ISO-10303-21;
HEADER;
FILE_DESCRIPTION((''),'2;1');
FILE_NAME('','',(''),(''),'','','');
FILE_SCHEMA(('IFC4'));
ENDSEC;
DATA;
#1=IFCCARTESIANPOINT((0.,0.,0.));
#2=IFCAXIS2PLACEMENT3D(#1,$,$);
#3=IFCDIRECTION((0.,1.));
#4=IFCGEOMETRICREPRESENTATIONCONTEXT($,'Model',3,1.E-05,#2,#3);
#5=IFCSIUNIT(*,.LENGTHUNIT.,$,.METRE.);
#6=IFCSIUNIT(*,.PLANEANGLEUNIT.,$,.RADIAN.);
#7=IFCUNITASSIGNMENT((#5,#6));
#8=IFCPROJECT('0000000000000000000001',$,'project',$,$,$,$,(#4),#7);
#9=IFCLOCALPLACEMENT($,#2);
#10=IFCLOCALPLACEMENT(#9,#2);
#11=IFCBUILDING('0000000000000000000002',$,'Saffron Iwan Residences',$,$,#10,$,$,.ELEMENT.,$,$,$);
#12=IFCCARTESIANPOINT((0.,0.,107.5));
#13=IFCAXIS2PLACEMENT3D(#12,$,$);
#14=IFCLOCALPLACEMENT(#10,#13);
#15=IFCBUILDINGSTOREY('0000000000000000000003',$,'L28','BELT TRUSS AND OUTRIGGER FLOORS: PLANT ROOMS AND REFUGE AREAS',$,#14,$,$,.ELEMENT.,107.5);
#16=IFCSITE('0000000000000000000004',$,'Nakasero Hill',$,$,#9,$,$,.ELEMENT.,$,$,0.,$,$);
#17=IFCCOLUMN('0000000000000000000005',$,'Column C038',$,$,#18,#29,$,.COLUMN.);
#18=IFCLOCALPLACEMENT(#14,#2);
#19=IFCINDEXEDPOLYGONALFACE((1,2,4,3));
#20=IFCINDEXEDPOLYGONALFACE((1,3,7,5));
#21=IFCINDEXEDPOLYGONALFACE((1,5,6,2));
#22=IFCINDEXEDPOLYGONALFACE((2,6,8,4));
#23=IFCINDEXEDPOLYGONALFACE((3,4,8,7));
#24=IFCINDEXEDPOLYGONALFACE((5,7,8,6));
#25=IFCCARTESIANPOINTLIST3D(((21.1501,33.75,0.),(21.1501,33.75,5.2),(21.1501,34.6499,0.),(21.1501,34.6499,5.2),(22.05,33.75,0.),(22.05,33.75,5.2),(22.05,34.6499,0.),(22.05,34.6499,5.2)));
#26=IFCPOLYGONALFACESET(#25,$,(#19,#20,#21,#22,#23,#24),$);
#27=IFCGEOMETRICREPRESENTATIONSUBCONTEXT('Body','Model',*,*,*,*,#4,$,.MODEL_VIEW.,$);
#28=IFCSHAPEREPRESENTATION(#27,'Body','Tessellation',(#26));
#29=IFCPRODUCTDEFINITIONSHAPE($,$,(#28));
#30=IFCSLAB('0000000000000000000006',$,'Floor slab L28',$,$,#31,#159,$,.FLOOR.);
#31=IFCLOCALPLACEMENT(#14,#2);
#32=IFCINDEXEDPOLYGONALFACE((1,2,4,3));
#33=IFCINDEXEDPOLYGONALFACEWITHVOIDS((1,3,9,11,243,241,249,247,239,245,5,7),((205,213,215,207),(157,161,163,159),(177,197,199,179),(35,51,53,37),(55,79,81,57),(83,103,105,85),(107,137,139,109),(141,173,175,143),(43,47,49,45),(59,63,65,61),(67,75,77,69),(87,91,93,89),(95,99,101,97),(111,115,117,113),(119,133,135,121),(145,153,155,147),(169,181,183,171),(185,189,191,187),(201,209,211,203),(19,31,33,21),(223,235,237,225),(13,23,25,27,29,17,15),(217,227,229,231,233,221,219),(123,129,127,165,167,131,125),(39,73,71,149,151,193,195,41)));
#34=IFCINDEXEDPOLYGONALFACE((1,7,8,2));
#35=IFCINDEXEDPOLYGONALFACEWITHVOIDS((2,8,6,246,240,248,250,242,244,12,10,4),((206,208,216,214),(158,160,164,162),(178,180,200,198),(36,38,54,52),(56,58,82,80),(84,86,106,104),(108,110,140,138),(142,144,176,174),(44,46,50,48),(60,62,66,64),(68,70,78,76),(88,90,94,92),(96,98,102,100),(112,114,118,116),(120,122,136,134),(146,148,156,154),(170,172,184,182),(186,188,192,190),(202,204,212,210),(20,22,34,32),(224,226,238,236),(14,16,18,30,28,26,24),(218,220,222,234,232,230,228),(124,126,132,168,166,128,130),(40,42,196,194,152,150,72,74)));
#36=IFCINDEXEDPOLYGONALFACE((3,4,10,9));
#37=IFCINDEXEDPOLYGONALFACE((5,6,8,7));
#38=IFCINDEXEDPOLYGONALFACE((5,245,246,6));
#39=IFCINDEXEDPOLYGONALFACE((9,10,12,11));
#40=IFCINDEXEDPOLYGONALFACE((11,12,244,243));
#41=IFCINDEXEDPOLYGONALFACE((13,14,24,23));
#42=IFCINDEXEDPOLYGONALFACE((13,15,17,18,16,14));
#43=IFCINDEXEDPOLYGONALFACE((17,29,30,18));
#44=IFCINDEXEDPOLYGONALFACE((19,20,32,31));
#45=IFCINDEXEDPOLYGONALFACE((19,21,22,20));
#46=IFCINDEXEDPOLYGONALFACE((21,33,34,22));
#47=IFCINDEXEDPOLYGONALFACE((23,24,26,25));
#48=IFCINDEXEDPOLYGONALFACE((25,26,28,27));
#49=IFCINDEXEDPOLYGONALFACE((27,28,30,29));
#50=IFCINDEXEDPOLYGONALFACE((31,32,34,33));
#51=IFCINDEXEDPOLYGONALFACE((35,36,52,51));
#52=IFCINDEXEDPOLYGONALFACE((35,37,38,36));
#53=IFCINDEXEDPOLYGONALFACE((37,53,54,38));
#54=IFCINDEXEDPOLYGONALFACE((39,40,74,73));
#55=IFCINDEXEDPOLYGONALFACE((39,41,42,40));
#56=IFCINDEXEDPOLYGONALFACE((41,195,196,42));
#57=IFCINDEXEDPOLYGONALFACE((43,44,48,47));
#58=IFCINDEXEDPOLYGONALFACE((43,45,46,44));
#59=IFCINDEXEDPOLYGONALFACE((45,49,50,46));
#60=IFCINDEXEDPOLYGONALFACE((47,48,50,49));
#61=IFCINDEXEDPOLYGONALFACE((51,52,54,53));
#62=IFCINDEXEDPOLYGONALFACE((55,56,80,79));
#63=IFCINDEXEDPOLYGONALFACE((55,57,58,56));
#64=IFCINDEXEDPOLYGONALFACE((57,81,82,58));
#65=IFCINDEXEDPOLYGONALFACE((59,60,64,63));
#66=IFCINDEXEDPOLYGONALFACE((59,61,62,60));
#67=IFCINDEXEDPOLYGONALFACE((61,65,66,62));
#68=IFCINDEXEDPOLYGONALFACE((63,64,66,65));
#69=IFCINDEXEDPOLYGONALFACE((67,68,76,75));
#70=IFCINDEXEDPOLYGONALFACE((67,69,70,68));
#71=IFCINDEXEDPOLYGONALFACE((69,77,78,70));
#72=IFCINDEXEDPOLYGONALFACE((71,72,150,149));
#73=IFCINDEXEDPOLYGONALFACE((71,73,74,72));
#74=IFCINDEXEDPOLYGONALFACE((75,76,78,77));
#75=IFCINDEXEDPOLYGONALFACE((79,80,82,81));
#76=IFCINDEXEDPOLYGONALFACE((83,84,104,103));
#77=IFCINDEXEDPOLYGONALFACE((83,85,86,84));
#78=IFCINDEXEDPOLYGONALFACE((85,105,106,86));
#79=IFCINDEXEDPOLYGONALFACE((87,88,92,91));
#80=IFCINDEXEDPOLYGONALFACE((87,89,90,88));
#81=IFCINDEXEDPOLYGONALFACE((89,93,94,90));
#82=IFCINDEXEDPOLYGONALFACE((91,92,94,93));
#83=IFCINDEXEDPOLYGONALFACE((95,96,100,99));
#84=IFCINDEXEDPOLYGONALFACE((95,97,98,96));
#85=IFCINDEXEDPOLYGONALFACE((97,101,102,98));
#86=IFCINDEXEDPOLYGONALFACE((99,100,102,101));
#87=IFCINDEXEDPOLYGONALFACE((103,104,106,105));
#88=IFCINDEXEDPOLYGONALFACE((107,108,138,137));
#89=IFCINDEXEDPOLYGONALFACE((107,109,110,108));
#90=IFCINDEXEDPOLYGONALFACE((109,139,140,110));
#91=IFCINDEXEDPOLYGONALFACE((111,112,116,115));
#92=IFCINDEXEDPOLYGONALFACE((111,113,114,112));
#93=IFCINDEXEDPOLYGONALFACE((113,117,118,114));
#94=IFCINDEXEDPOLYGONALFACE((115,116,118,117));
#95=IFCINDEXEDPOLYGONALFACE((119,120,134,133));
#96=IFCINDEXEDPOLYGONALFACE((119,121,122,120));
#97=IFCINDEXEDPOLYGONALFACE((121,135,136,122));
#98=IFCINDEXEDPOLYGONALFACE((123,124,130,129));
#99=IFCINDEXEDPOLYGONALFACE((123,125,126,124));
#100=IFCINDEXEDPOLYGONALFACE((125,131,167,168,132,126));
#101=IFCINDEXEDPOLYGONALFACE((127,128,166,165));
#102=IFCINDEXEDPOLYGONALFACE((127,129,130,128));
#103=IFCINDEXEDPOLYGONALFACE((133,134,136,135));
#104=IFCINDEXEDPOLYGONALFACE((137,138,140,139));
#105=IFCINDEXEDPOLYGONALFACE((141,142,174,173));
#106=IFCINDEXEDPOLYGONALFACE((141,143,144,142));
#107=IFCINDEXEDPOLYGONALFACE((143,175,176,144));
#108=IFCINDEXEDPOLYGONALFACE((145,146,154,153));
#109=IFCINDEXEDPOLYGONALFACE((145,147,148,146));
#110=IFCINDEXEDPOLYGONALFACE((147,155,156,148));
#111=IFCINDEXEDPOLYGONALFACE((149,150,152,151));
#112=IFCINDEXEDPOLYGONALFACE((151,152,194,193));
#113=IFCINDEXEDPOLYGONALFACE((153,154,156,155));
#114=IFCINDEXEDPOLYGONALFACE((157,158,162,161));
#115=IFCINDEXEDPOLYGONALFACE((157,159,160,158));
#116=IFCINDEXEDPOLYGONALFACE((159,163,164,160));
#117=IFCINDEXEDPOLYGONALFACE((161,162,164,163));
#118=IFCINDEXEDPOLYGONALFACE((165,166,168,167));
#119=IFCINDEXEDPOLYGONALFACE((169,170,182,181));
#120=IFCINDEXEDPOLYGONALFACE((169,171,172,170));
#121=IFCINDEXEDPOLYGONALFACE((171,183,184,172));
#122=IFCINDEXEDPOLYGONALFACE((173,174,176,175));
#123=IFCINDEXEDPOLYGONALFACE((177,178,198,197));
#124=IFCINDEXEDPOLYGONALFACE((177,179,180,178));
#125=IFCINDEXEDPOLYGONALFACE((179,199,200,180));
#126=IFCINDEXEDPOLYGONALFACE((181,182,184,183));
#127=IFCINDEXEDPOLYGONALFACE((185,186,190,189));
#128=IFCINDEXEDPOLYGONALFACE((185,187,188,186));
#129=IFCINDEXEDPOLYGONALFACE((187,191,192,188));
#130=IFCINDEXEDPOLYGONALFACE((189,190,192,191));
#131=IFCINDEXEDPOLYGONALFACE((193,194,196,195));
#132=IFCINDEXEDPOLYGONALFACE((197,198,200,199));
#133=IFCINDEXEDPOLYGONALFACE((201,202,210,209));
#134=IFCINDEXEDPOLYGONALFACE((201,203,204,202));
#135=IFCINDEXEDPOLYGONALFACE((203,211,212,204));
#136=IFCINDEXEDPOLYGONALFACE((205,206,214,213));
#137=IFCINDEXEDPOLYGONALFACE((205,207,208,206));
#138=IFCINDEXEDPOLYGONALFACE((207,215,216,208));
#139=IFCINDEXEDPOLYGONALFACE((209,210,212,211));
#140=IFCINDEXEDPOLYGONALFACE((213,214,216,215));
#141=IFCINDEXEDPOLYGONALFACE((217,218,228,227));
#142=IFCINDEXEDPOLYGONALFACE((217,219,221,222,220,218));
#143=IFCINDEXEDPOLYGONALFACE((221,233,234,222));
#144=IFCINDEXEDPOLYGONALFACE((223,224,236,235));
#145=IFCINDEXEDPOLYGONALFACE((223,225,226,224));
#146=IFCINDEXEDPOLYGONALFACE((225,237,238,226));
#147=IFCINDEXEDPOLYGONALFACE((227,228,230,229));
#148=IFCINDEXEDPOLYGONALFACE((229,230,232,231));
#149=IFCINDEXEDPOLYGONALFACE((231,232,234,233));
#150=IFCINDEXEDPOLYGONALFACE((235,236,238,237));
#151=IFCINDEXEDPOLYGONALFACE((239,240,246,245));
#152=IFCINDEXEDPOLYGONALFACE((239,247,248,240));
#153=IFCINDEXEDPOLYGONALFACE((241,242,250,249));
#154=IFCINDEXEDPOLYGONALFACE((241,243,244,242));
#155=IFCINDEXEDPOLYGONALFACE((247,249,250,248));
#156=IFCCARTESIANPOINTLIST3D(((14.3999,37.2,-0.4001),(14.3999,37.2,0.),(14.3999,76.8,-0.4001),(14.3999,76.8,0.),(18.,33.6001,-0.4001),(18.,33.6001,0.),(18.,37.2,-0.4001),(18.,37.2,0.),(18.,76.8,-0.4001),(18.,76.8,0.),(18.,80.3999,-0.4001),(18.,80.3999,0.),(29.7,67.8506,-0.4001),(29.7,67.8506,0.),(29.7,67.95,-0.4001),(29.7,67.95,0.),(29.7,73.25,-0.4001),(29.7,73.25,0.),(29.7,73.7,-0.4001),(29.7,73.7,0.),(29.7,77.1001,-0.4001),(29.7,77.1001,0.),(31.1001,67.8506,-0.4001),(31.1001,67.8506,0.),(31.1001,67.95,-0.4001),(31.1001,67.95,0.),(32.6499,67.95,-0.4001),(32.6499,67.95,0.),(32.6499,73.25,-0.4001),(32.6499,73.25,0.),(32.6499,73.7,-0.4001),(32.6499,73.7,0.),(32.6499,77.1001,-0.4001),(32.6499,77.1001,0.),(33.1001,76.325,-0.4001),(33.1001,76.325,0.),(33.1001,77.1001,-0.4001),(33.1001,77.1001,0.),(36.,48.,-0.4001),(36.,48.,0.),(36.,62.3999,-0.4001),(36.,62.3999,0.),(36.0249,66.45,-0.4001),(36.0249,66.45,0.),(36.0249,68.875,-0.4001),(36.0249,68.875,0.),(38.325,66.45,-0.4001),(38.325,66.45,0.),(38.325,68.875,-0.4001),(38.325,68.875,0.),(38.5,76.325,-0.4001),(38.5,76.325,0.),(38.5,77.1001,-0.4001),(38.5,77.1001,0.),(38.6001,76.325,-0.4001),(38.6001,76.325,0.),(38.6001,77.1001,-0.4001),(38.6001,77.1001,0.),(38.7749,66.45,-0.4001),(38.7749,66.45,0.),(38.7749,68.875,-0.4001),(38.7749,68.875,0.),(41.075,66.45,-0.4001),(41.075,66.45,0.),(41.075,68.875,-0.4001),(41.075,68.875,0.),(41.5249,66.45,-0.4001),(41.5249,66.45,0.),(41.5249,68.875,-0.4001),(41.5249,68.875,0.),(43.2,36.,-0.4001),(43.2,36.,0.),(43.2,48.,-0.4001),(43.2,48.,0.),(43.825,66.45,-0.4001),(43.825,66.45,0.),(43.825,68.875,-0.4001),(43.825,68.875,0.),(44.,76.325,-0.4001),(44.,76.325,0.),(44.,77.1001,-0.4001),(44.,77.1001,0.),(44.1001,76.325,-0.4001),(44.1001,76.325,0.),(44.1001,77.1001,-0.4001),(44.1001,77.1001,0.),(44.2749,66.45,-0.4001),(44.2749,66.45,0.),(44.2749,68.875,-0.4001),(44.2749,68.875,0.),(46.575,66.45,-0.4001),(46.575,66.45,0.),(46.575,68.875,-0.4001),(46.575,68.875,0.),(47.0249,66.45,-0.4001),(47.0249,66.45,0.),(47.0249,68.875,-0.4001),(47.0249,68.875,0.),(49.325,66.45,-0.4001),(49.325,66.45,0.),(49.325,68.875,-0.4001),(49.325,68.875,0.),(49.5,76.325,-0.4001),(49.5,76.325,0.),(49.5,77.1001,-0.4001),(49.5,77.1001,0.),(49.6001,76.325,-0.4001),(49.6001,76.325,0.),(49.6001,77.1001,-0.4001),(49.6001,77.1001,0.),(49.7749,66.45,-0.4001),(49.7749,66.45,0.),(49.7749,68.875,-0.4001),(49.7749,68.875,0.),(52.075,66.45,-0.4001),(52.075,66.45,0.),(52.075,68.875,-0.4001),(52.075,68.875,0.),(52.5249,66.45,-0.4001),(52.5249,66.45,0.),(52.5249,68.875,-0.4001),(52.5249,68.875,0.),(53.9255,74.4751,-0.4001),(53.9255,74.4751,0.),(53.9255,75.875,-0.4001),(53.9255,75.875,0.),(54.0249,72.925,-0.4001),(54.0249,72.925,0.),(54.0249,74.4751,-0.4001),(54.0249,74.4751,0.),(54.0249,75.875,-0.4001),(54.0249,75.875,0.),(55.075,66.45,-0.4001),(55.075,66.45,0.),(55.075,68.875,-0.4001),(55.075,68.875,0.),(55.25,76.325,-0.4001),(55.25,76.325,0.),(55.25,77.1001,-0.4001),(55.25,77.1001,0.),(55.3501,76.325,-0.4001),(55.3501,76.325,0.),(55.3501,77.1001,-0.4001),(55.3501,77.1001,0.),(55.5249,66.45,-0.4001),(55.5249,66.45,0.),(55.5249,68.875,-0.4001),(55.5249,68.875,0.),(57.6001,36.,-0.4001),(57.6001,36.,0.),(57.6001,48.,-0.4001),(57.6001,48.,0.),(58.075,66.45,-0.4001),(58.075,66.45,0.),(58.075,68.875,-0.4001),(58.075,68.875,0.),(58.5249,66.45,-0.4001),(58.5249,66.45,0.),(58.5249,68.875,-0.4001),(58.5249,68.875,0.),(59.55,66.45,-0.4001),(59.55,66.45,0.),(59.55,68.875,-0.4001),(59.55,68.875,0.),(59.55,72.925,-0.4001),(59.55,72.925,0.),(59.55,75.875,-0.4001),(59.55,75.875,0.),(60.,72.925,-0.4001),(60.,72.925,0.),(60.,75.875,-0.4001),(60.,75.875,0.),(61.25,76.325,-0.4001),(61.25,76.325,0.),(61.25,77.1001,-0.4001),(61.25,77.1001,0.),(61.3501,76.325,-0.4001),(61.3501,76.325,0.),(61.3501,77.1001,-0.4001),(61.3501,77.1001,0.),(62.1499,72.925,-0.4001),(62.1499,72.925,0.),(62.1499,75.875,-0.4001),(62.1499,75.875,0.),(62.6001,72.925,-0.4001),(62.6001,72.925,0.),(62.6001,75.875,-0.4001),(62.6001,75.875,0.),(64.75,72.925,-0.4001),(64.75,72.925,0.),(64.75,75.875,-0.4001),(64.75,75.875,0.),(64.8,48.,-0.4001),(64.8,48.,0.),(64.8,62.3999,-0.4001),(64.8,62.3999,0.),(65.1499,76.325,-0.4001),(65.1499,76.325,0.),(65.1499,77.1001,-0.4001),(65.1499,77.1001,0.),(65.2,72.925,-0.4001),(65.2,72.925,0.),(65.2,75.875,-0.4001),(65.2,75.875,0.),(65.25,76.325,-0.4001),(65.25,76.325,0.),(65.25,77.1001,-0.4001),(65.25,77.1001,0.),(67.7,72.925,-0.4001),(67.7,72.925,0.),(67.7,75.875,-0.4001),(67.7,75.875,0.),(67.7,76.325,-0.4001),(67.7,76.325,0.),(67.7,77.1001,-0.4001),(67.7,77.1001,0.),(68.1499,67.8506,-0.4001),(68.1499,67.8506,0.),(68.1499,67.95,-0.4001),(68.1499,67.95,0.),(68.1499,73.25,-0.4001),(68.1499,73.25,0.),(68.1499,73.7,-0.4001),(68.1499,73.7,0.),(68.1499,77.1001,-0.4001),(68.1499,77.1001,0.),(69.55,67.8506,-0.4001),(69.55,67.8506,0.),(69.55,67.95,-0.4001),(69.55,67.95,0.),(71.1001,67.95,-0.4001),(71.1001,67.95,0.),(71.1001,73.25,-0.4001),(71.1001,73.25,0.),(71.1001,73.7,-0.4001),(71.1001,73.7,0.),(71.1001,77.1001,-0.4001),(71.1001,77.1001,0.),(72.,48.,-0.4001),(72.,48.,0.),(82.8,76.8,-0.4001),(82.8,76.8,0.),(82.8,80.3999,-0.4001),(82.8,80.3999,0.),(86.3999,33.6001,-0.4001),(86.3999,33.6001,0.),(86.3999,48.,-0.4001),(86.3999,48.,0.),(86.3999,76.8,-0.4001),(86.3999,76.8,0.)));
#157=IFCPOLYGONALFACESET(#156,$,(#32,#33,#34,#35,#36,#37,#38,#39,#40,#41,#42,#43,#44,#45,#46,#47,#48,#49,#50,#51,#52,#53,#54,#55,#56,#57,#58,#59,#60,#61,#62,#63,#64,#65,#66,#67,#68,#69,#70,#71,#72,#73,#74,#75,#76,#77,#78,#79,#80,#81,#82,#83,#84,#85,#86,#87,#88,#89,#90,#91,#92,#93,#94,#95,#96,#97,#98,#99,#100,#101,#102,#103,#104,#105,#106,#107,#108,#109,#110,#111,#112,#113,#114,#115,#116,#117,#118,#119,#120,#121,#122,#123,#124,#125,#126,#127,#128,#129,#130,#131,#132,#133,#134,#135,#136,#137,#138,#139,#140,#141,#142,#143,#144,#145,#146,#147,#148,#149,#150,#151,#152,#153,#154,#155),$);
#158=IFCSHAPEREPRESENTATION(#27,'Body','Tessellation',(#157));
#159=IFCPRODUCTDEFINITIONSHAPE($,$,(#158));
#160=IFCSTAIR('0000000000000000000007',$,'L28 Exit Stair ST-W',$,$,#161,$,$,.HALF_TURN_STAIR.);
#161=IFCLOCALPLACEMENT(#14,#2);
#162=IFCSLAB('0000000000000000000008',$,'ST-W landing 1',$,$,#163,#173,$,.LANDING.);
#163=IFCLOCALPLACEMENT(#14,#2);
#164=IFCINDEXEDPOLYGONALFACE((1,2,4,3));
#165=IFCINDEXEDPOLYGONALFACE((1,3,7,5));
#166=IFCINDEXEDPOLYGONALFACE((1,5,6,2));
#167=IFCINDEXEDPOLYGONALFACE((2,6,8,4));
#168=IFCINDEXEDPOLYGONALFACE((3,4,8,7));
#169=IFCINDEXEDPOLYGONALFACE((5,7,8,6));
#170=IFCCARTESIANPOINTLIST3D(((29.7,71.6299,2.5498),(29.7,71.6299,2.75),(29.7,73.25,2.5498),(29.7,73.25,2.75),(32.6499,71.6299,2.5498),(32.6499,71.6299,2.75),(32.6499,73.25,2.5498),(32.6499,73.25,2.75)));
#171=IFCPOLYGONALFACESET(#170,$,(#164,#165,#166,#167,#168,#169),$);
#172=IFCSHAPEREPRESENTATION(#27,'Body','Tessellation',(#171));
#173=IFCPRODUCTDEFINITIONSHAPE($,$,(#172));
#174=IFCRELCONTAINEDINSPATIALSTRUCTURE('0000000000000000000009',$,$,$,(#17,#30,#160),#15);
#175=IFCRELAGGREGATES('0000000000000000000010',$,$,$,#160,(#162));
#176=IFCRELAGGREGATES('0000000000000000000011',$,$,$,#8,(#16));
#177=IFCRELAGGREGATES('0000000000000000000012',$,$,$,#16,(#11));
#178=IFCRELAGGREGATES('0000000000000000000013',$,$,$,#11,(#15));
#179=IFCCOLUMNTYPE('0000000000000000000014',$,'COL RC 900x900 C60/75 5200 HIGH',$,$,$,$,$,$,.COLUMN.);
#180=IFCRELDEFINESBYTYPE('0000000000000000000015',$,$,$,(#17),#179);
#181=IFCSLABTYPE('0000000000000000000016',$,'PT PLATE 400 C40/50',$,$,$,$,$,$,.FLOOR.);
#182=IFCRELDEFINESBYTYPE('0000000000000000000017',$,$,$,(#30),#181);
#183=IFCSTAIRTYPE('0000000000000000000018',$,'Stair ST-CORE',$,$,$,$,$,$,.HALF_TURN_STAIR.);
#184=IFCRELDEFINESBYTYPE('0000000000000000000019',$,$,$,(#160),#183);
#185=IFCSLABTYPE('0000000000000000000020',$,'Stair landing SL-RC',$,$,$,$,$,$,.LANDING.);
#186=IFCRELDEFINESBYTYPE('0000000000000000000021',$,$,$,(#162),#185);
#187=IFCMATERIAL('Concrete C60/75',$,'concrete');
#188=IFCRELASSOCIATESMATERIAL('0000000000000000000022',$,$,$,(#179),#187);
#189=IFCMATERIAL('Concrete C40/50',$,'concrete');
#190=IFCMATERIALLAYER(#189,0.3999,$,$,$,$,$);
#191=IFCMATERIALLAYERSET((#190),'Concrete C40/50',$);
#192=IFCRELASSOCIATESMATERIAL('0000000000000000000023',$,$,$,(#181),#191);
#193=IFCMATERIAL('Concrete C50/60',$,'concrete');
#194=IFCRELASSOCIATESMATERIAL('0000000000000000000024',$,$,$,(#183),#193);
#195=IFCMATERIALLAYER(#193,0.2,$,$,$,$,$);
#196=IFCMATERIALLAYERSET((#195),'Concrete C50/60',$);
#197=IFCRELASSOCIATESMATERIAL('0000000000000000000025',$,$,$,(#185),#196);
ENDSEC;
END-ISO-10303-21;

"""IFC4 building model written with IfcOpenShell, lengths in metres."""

from ifc_helpers import new_model, si_unit, direction, frame, origin, origin_2d, place, context, subcontext, project, spatial, polyline, rectangle, outline, extrude, source, transform, mapped, material, layer, layer_set, material_profile, profile_set, type_object, element, aggregate, save


model = new_model("IFC4")

# Units and contexts
model_context = context("Model", 3, precision=1e-05, world=origin(), true_north=direction((0.0, 1.0)))
body_context = subcontext(model_context, "Body", "Model", "MODEL_VIEW")
ifc_project = project(units=[si_unit("LENGTHUNIT", "METRE"), si_unit("PLANEANGLEUNIT", "RADIAN")], contexts=[model_context])

# Site, building, storey
site_placement = place(None, origin())
site = spatial("IfcSite", under=ifc_project, at=site_placement, Name="Nakasero Hill", CompositionType="ELEMENT", RefElevation=0.0)
building_placement = place(site_placement, origin())
building = spatial("IfcBuilding", under=site, at=building_placement, Name="Saffron Iwan Residences", CompositionType="ELEMENT")
storey_placement = place(building_placement, frame((0.0, 0.0, 107.5)))
storey = spatial("IfcBuildingStorey", under=building, at=storey_placement, Name="L28", Description="BELT TRUSS AND OUTRIGGER FLOORS: PLANT ROOMS AND REFUGE AREAS", CompositionType="ELEMENT", Elevation=107.5)

# Column
ifc_material_1 = material(Name="Concrete C60/75", Category="concrete")
ifc_material_profile = material_profile(ifc_material_1, rectangle(XDim=0.8999, YDim=0.8999, at=origin_2d()), Name="RC 900x900")
ifc_profile_set = profile_set([ifc_material_profile], Name="Concrete C60/75")
column_type = type_object("IfcColumnType", Name="COL RC 900x900 C60/75 5200 HIGH", PredefinedType="COLUMN", material=ifc_profile_set)
shared_shape = source(origin(), body_context, "Body", "SweptSolid", [
    extrude(rectangle(XDim=0.8999, YDim=0.8999, at=origin_2d()), origin(), (0.0, 0.0, 1.0), 5.2),
])
column_placement = place(storey_placement, frame((21.6001, 34.2, 0.0), z_axis=(0.0, 0.0, 1.0), x_axis=(1.0, 0.0, 0.0)))
element("IfcColumn", 1, at=column_placement, inside=storey, type_object=column_type, Name="Column C038", PredefinedType="COLUMN", context=body_context, shape_type="MappedRepresentation", body=[
    mapped(shared_shape, transform((0.0, 0.0, 0.0))),
])

# Slab
ifc_material_2 = material(Name="Concrete C40/50", Category="concrete")
ifc_layer_1 = layer(ifc_material_2, 0.3999)
ifc_layer_set_1 = layer_set([ifc_layer_1], Name="Concrete C40/50")
slab_type_1 = type_object("IfcSlabType", Name="PT PLATE 400 C40/50", PredefinedType="FLOOR", material=ifc_layer_set_1)
slab_1_placement = place(storey_placement, frame((0.0, 0.0, -0.4001)))
element("IfcSlab", 2, at=slab_1_placement, inside=storey, type_object=slab_type_1, Name="Floor slab L28", PredefinedType="FLOOR", context=body_context, shape_type="SweptSolid", body=[
    extrude(outline(polyline([(14.3999, 37.2), (14.3999, 76.8), (18.0, 76.8), (18.0, 80.3999), (82.8, 80.3999), (82.8, 76.8), (86.3999, 76.8), (86.3999, 48.0), (72.0, 48.0), (86.3999, 33.6001), (18.0, 33.6001), (18.0, 37.2), (14.3999, 37.2)]), holes=[polyline([(64.8, 48.0), (64.8, 62.3999), (36.0, 62.3999), (36.0, 48.0), (43.2, 48.0), (43.2, 36.0), (57.6001, 36.0), (57.6001, 48.0), (64.8, 48.0)]), polyline([(38.325, 68.875), (36.0249, 68.875), (36.0249, 66.45), (38.325, 66.45), (38.325, 68.875)]), polyline([(41.075, 66.45), (41.075, 68.875), (38.7749, 68.875), (38.7749, 66.45), (41.075, 66.45)]), polyline([(43.825, 66.45), (43.825, 68.875), (41.5249, 68.875), (41.5249, 66.45), (43.825, 66.45)]), polyline([(46.575, 68.875), (44.2749, 68.875), (44.2749, 66.45), (46.575, 66.45), (46.575, 68.875)]), polyline([(49.325, 66.45), (49.325, 68.875), (47.0249, 68.875), (47.0249, 66.45), (49.325, 66.45)]), polyline([(52.075, 66.45), (52.075, 68.875), (49.7749, 68.875), (49.7749, 66.45), (52.075, 66.45)]), polyline([(29.7, 73.25), (29.7, 67.95), (29.7, 67.8506), (31.1001, 67.8506), (31.1001, 67.95), (32.6499, 67.95), (32.6499, 73.25), (29.7, 73.25)]), polyline([(32.6499, 73.7), (32.6499, 77.1001), (29.7, 77.1001), (29.7, 73.7), (32.6499, 73.7)]), polyline([(38.5, 76.325), (38.5, 77.1001), (33.1001, 77.1001), (33.1001, 76.325), (38.5, 76.325)]), polyline([(44.0, 77.1001), (38.6001, 77.1001), (38.6001, 76.325), (44.0, 76.325), (44.0, 77.1001)]), polyline([(49.5, 76.325), (49.5, 77.1001), (44.1001, 77.1001), (44.1001, 76.325), (49.5, 76.325)]), polyline([(55.25, 76.325), (55.25, 77.1001), (49.6001, 77.1001), (49.6001, 76.325), (55.25, 76.325)]), polyline([(55.075, 68.875), (52.5249, 68.875), (52.5249, 66.45), (55.075, 66.45), (55.075, 68.875)]), polyline([(58.075, 66.45), (58.075, 68.875), (55.5249, 68.875), (55.5249, 66.45), (58.075, 66.45)]), polyline([(59.55, 66.45), (59.55, 68.875), (58.5249, 68.875), (58.5249, 66.45), (59.55, 66.45)]), polyline([(68.1499, 73.25), (68.1499, 67.95), (68.1499, 67.8506), (69.55, 67.8506), (69.55, 67.95), (71.1001, 67.95), (71.1001, 73.25), (68.1499, 73.25)]), polyline([(53.9255, 74.4751), (54.0249, 74.4751), (54.0249, 72.925), (59.55, 72.925), (59.55, 75.875), (54.0249, 75.875), (53.9255, 75.875), (53.9255, 74.4751)]), polyline([(62.1499, 72.925), (62.1499, 75.875), (60.0, 75.875), (60.0, 72.925), (62.1499, 72.925)]), polyline([(64.75, 75.875), (62.6001, 75.875), (62.6001, 72.925), (64.75, 72.925), (64.75, 75.875)]), polyline([(67.7, 72.925), (67.7, 75.875), (65.2, 75.875), (65.2, 72.925), (67.7, 72.925)]), polyline([(71.1001, 73.7), (71.1001, 77.1001), (68.1499, 77.1001), (68.1499, 73.7), (71.1001, 73.7)]), polyline([(61.25, 77.1001), (55.3501, 77.1001), (55.3501, 76.325), (61.25, 76.325), (61.25, 77.1001)]), polyline([(65.1499, 76.325), (65.1499, 77.1001), (61.3501, 77.1001), (61.3501, 76.325), (65.1499, 76.325)]), polyline([(67.7, 76.325), (67.7, 77.1001), (65.25, 77.1001), (65.25, 76.325), (67.7, 76.325)])]), origin(), (0.0, 0.0, 1.0), 0.4001),
])

# Stair, slab
ifc_material_3 = material(Name="Concrete C50/60", Category="concrete")
stair_type = type_object("IfcStairType", Name="Stair ST-CORE", PredefinedType="HALF_TURN_STAIR", material=ifc_material_3)
stair_1_placement = place(storey_placement, origin())
stair_1 = element("IfcStair", 3, at=stair_1_placement, inside=storey, type_object=stair_type, Name="L28 Exit Stair ST-W", PredefinedType="HALF_TURN_STAIR")
ifc_layer_2 = layer(ifc_material_3, 0.2)
ifc_layer_set_2 = layer_set([ifc_layer_2], Name="Concrete C50/60")
slab_type_2 = type_object("IfcSlabType", Name="Stair landing SL-RC", PredefinedType="LANDING", material=ifc_layer_set_2)
slab_2_placement = place(storey_placement, frame((0.0, 0.0, 2.5498)))
slab_2 = element("IfcSlab", 4, at=slab_2_placement, type_object=slab_type_2, Name="ST-W landing 1", PredefinedType="LANDING", context=body_context, shape_type="SweptSolid", body=[
    extrude(outline(polyline([(32.6499, 71.6299), (32.6499, 73.25), (29.7, 73.25), (29.7, 71.6299), (32.6499, 71.6299)])), origin(), (0.0, 0.0, 1.0), 0.2002),
])
aggregate(stair_1, [slab_2])

save(model, "model.ifc")
